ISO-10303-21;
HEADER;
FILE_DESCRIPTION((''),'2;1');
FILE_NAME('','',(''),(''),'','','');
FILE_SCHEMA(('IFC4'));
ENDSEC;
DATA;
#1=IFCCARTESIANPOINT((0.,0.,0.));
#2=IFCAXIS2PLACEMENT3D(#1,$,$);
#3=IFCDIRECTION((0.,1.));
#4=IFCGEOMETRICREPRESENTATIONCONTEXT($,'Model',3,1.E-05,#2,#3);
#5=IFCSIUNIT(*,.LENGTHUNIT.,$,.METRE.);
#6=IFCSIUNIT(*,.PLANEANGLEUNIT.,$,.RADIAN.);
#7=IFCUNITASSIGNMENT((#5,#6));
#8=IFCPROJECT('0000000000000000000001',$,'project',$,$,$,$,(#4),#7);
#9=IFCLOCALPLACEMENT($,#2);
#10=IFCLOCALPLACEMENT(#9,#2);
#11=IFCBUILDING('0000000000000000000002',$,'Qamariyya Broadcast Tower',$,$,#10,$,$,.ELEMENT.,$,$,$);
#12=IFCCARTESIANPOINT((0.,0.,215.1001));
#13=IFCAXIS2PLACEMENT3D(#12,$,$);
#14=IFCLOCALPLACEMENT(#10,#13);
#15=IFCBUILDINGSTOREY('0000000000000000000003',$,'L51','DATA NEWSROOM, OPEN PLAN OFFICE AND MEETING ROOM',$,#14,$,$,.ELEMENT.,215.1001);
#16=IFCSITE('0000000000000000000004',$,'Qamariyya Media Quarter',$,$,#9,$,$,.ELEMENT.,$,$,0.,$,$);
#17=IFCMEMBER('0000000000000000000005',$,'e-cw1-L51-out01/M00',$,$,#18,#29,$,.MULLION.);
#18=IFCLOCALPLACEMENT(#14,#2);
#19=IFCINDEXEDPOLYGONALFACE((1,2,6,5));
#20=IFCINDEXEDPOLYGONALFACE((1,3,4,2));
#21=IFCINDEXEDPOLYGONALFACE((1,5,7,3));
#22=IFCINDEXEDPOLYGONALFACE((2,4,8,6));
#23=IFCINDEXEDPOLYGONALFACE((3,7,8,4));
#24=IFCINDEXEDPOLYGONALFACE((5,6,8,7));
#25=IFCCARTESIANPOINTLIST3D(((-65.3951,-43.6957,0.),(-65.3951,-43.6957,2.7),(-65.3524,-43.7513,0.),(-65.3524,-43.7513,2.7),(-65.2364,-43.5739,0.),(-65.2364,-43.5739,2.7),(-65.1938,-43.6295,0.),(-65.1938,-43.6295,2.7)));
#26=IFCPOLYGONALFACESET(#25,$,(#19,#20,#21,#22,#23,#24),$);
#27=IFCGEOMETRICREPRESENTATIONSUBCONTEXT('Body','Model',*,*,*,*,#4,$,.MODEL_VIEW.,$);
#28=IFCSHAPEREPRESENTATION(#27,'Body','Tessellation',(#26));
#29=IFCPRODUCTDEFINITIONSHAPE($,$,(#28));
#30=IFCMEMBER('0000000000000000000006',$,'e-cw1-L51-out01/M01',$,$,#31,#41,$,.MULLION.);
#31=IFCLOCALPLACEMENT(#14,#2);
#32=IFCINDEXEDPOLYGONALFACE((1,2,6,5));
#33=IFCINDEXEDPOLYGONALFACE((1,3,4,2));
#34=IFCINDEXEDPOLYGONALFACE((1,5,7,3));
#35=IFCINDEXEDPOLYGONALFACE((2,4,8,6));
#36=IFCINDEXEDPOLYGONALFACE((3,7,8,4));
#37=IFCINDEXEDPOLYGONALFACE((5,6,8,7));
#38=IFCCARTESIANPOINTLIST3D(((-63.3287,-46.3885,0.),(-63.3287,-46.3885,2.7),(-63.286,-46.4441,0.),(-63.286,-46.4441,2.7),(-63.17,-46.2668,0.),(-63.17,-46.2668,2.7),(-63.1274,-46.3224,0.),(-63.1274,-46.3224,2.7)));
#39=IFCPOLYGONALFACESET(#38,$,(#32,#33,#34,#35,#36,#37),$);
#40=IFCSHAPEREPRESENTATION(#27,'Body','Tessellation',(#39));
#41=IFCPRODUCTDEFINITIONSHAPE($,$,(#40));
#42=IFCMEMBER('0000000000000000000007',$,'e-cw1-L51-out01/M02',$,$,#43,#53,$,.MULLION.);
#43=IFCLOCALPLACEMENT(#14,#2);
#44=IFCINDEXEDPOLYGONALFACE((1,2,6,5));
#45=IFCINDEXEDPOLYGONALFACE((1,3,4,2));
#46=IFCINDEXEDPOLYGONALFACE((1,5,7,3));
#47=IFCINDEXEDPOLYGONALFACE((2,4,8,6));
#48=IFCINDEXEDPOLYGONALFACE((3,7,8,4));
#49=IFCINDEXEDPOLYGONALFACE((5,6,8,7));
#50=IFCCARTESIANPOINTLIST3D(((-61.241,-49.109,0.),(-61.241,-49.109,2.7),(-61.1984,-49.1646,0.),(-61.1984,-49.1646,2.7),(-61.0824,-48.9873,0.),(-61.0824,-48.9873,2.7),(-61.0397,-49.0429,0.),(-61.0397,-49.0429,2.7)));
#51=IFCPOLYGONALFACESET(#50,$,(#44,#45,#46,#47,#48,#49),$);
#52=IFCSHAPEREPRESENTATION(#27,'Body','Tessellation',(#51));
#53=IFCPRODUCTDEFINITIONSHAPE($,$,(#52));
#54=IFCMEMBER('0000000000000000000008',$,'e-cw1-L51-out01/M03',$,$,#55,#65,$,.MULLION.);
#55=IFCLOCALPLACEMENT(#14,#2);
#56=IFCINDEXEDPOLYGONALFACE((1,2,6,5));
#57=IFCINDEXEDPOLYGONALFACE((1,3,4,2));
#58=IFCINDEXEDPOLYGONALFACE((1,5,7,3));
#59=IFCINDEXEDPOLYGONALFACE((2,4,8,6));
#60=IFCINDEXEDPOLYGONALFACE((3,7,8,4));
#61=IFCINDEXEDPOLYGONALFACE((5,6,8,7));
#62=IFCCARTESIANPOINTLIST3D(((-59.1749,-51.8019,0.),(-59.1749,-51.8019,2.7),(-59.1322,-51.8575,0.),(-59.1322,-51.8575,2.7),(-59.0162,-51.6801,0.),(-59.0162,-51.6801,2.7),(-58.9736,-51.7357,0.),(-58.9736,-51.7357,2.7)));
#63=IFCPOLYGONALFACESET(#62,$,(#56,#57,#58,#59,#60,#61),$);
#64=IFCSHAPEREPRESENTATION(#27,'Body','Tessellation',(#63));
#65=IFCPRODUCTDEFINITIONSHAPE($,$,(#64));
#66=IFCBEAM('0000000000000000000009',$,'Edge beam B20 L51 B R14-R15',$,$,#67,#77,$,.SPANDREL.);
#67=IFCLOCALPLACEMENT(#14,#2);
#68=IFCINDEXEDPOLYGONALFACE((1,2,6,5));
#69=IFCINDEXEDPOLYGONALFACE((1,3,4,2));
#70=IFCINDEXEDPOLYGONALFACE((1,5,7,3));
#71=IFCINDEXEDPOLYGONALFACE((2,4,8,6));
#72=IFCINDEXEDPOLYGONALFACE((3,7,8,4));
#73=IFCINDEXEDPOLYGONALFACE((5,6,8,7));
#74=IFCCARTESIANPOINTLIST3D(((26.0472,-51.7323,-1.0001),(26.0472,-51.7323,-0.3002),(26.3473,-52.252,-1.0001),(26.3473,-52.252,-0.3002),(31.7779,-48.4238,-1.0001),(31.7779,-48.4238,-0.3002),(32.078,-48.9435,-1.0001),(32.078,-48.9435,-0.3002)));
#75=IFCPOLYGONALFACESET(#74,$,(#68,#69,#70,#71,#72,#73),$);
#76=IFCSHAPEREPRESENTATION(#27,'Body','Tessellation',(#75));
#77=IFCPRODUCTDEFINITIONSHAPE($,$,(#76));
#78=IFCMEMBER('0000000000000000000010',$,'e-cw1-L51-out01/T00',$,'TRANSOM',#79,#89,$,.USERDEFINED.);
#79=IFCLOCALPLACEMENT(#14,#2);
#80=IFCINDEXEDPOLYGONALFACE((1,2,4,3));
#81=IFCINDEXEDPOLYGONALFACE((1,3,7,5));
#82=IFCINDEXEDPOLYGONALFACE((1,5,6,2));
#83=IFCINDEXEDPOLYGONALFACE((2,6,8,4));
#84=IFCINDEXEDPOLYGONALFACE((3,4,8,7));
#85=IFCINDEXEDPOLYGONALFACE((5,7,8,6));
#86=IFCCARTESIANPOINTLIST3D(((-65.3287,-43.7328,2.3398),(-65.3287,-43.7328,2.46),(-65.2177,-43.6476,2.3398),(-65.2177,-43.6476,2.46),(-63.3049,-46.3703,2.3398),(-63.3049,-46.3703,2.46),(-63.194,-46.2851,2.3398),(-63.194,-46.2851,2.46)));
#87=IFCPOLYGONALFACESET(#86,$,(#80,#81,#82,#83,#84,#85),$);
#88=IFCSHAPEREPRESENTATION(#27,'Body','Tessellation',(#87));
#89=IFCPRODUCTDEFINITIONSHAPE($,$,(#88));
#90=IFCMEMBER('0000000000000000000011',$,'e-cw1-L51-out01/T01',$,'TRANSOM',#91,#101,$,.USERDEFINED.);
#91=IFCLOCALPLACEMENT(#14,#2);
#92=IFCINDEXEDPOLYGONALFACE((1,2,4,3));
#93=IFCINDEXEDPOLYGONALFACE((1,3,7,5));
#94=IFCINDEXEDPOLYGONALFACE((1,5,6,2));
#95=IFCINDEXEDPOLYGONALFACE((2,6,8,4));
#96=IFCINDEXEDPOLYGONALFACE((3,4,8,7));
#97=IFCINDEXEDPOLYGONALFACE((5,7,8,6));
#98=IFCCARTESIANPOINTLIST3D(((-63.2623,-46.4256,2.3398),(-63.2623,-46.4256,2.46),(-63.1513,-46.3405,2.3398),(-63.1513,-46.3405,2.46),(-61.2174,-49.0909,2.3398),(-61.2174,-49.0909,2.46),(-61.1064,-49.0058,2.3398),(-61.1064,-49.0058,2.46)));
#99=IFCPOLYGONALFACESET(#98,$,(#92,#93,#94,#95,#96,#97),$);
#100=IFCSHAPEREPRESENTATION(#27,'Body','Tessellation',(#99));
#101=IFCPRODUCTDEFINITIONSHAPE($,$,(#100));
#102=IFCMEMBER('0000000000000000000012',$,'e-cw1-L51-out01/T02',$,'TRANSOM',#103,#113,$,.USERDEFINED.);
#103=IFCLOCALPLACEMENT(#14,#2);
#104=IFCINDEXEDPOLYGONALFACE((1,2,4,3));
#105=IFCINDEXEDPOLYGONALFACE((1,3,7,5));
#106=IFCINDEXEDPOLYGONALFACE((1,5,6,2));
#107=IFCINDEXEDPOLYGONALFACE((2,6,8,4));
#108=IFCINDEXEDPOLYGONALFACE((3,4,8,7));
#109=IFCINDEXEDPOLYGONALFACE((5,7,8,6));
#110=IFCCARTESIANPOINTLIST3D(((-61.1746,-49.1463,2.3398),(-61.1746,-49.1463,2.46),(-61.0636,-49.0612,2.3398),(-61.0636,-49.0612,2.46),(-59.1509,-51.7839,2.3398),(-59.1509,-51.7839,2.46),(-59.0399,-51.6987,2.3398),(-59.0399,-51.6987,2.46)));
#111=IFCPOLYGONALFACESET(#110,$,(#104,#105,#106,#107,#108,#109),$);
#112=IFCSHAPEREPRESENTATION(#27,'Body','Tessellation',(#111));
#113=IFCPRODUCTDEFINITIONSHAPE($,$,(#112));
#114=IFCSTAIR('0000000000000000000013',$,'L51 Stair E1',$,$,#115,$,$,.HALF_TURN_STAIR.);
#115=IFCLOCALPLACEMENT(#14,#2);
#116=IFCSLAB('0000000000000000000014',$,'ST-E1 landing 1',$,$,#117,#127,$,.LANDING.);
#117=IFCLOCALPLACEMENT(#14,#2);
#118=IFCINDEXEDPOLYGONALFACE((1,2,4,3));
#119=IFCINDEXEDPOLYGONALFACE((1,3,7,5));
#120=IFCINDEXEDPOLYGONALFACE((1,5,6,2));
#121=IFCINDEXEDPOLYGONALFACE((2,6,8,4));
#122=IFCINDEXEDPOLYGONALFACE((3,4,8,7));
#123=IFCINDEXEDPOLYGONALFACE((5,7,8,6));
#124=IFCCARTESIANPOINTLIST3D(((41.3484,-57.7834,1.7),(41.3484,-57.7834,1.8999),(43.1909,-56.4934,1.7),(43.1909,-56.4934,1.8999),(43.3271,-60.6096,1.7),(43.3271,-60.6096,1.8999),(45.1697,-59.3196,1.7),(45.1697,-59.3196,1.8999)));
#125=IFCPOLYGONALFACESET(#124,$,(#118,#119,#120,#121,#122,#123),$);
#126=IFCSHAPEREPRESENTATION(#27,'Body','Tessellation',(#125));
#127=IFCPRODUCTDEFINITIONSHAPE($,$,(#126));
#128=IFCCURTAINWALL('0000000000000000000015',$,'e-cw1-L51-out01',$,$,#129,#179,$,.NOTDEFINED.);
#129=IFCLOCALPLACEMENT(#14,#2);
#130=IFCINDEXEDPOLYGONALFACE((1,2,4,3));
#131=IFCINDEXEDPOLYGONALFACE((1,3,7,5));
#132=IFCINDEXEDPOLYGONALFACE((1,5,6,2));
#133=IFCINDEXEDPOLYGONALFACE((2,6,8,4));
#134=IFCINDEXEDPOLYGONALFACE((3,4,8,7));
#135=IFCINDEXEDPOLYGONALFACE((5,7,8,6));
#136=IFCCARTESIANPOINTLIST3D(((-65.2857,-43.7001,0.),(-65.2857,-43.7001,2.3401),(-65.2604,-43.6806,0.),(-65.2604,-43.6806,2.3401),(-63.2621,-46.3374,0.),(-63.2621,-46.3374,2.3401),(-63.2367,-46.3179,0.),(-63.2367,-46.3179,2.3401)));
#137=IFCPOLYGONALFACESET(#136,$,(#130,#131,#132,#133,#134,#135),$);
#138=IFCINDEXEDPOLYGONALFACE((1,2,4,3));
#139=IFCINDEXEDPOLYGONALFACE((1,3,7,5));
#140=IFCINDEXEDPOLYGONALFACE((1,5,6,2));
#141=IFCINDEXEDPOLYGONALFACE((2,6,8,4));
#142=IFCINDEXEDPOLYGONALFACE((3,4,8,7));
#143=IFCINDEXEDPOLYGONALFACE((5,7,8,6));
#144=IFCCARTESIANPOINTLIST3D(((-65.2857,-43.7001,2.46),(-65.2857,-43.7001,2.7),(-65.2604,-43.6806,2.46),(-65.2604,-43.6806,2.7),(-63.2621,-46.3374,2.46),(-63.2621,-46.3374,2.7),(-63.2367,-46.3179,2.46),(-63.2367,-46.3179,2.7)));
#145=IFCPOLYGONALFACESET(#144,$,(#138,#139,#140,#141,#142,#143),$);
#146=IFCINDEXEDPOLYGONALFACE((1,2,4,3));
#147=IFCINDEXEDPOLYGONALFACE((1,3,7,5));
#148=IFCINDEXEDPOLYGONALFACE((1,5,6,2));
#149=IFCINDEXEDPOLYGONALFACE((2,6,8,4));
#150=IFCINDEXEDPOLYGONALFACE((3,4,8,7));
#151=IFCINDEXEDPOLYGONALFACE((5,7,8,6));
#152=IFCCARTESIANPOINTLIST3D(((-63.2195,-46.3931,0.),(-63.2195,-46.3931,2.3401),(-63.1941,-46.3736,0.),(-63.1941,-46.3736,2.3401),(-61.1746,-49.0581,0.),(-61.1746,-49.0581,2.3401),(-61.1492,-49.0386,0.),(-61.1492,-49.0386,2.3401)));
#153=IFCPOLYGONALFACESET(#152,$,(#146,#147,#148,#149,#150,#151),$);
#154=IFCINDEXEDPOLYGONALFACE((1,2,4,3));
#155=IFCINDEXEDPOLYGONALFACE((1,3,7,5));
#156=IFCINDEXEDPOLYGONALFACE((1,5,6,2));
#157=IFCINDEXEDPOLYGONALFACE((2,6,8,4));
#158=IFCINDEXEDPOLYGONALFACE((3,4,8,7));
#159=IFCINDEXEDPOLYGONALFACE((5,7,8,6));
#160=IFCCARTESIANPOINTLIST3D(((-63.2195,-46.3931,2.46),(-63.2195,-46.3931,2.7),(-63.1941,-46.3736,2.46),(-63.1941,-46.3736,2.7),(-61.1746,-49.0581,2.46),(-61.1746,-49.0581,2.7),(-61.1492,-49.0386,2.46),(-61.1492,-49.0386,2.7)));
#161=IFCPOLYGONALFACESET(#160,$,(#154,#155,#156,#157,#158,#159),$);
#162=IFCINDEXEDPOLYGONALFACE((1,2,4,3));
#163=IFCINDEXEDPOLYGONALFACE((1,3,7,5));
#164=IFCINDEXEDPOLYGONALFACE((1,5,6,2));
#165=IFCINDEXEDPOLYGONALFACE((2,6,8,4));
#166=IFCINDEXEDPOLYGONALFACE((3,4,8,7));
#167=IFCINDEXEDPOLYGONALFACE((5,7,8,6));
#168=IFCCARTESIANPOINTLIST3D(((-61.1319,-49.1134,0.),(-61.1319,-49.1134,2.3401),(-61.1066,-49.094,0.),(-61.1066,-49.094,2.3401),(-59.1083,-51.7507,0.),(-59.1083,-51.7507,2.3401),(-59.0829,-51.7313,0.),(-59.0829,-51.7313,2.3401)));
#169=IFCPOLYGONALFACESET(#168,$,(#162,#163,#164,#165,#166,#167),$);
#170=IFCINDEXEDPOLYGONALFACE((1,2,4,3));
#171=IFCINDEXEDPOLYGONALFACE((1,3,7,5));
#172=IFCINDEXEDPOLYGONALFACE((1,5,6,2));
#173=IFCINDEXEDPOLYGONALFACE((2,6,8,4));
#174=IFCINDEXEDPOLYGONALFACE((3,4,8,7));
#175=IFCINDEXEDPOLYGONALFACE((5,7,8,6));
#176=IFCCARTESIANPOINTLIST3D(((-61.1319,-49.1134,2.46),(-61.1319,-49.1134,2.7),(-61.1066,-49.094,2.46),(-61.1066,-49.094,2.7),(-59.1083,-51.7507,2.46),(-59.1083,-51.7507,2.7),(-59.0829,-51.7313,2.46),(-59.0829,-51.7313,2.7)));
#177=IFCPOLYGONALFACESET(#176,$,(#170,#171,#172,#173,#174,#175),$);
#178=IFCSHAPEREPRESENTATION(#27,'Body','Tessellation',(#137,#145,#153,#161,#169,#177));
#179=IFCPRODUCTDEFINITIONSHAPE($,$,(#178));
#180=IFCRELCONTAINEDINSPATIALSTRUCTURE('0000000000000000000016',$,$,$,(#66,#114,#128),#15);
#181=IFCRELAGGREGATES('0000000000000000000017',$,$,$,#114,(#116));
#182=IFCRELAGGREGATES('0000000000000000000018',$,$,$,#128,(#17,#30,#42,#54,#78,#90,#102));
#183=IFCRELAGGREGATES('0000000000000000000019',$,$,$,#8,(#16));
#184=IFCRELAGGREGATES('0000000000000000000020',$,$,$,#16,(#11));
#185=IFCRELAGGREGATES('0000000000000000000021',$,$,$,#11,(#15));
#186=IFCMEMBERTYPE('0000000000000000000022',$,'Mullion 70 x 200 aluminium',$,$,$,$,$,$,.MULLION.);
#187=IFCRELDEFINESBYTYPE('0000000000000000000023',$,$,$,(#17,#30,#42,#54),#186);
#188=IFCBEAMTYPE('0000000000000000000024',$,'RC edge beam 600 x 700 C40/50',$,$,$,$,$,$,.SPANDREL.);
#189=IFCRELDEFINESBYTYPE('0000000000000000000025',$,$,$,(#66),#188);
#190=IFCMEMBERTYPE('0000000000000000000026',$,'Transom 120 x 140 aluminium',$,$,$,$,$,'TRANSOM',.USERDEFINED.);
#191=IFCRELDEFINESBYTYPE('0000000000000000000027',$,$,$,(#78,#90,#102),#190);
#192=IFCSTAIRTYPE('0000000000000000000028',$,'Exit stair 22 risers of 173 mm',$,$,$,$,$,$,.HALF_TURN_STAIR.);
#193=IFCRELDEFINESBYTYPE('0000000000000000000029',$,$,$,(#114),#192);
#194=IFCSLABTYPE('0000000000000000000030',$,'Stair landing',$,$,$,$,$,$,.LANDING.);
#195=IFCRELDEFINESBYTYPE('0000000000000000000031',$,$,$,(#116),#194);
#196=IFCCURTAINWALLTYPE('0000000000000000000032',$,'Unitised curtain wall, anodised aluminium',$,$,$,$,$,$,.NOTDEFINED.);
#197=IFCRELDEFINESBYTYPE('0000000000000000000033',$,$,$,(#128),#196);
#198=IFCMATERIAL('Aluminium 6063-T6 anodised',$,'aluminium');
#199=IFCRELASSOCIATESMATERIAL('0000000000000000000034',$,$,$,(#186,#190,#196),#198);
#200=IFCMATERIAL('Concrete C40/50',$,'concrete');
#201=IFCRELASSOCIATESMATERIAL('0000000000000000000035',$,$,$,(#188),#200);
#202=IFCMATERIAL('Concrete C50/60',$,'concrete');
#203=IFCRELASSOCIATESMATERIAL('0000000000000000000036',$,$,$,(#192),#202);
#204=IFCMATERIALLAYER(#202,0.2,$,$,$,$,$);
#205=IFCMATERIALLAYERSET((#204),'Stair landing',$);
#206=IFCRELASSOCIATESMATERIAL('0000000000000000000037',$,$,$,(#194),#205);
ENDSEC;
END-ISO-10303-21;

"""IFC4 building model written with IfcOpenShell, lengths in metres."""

from ifc_helpers import new_model, si_unit, direction, frame, origin, origin_2d, place, context, subcontext, project, spatial, polyline, rectangle, outline, extrude, material, layer, layer_set, material_profile, profile_set, type_object, element, aggregate, save


model = new_model("IFC4")

# Units and contexts
model_context = context("Model", 3, precision=1e-05, world=origin(), true_north=direction((0.0, 1.0)))
body_context = subcontext(model_context, "Body", "Model", "MODEL_VIEW")
ifc_project = project(units=[si_unit("LENGTHUNIT", "METRE"), si_unit("PLANEANGLEUNIT", "RADIAN")], contexts=[model_context])

# Members
ifc_material_1 = material(Name="Aluminium 6063-T6 anodised", Category="aluminium")
ifc_material_profile_1 = material_profile(ifc_material_1, rectangle(XDim=0.2, YDim=0.0701, at=origin_2d()))
ifc_profile_set_1 = profile_set([ifc_material_profile_1], Name="Aluminium 6063-T6 anodised")
member_type_1 = type_object("IfcMemberType", Name="Mullion 70 x 200 aluminium", PredefinedType="MULLION", material=ifc_profile_set_1)
site_placement = place(None, origin())
building_placement = place(site_placement, origin())
storey_placement = place(building_placement, frame((0.0, 0.0, 215.1001)))
member_1_placement = place(storey_placement, frame((-65.2944, -43.6626, 0.0), z_axis=(0.0, 0.0, 1.0), x_axis=(0.793353, 0.608761, 0.0)))
member_1 = element("IfcMember", 1, at=member_1_placement, type_object=member_type_1, Name="e-cw1-L51-out01/M00", PredefinedType="MULLION", context=body_context, shape_type="SweptSolid", body=[
    extrude(rectangle(XDim=0.2, YDim=0.0701, at=origin_2d()), origin(), (0.0, 0.0, 1.0), 2.7),
])
member_2_placement = place(storey_placement, frame((-63.228, -46.3555, 0.0), z_axis=(0.0, 0.0, 1.0), x_axis=(0.793353, 0.608761, 0.0)))
member_2 = element("IfcMember", 2, at=member_2_placement, type_object=member_type_1, Name="e-cw1-L51-out01/M01", PredefinedType="MULLION", context=body_context, shape_type="SweptSolid", body=[
    extrude(rectangle(XDim=0.2, YDim=0.0701, at=origin_2d()), origin(), (0.0, 0.0, 1.0), 2.7),
])
member_3_placement = place(storey_placement, frame((-61.1404, -49.0759, 0.0), z_axis=(0.0, 0.0, 1.0), x_axis=(0.793353, 0.608761, 0.0)))
member_3 = element("IfcMember", 3, at=member_3_placement, type_object=member_type_1, Name="e-cw1-L51-out01/M02", PredefinedType="MULLION", context=body_context, shape_type="SweptSolid", body=[
    extrude(rectangle(XDim=0.2, YDim=0.0701, at=origin_2d()), origin(), (0.0, 0.0, 1.0), 2.7),
])
member_4_placement = place(storey_placement, frame((-59.0742, -51.7688, 0.0), z_axis=(0.0, 0.0, 1.0), x_axis=(0.793353, 0.608761, 0.0)))
member_4 = element("IfcMember", 4, at=member_4_placement, type_object=member_type_1, Name="e-cw1-L51-out01/M03", PredefinedType="MULLION", context=body_context, shape_type="SweptSolid", body=[
    extrude(rectangle(XDim=0.2, YDim=0.0701, at=origin_2d()), origin(), (0.0, 0.0, 1.0), 2.7),
])

# Site, building, storey
site = spatial("IfcSite", under=ifc_project, at=site_placement, Name="Qamariyya Media Quarter", CompositionType="ELEMENT", RefElevation=0.0)
building = spatial("IfcBuilding", under=site, at=building_placement, Name="Qamariyya Broadcast Tower", CompositionType="ELEMENT")
storey = spatial("IfcBuildingStorey", under=building, at=storey_placement, Name="L51", Description="DATA NEWSROOM, OPEN PLAN OFFICE AND MEETING ROOM", CompositionType="ELEMENT", Elevation=215.1001)

# Beam
ifc_material_2 = material(Name="Concrete C40/50", Category="concrete")
ifc_material_profile_2 = material_profile(ifc_material_2, rectangle(XDim=0.6001, YDim=0.7, at=origin_2d()))
ifc_profile_set_2 = profile_set([ifc_material_profile_2], Name="Concrete C40/50")
beam_type = type_object("IfcBeamType", Name="RC edge beam 600 x 700 C40/50", PredefinedType="SPANDREL", material=ifc_profile_set_2)
beam_placement = place(storey_placement, frame((26.1973, -51.9922, -0.6501), z_axis=(0.866028, 0.499996, 0.0), x_axis=(-0.499996, 0.866028, 0.0)))
element("IfcBeam", 5, at=beam_placement, inside=storey, type_object=beam_type, Name="Edge beam B20 L51 B R14-R15", PredefinedType="SPANDREL", context=body_context, shape_type="SweptSolid", body=[
    extrude(rectangle(XDim=0.6001, YDim=0.7, at=origin_2d()), origin(), (0.0, 0.0, 1.0), 6.6172),
])

# Members
ifc_material_profile_3 = material_profile(ifc_material_1, rectangle(XDim=0.1399, YDim=0.1201, at=origin_2d()))
ifc_profile_set_3 = profile_set([ifc_material_profile_3], Name="Aluminium 6063-T6 anodised")
member_type_2 = type_object("IfcMemberType", Name="Transom 120 x 140 aluminium", ElementType="TRANSOM", PredefinedType="USERDEFINED", material=ifc_profile_set_3)
member_5_placement = place(storey_placement, frame((-65.2732, -43.6902, 2.3999), z_axis=(0.608741, -0.793369, 0.0), x_axis=(0.793369, 0.608741, 0.0)))
member_5 = element("IfcMember", 6, at=member_5_placement, type_object=member_type_2, Name="e-cw1-L51-out01/T00", ObjectType="TRANSOM", PredefinedType="USERDEFINED", context=body_context, shape_type="SweptSolid", body=[
    extrude(rectangle(XDim=0.1399, YDim=0.1201, at=origin_2d()), origin(), (0.0, 0.0, 1.0), 3.3245),
])
member_6_placement = place(storey_placement, frame((-63.2068, -46.3831, 2.3999), z_axis=(0.60872, -0.793385, 0.0), x_axis=(0.793385, 0.60872, 0.0)))
member_6 = element("IfcMember", 7, at=member_6_placement, type_object=member_type_2, Name="e-cw1-L51-out01/T01", ObjectType="TRANSOM", PredefinedType="USERDEFINED", context=body_context, shape_type="SweptSolid", body=[
    extrude(rectangle(XDim=0.1399, YDim=0.1201, at=origin_2d()), origin(), (0.0, 0.0, 1.0), 3.3594),
])
member_7_placement = place(storey_placement, frame((-61.1191, -49.1038, 2.3999), z_axis=(0.608741, -0.793369, 0.0), x_axis=(0.793369, 0.608741, 0.0)))
member_7 = element("IfcMember", 8, at=member_7_placement, type_object=member_type_2, Name="e-cw1-L51-out01/T02", ObjectType="TRANSOM", PredefinedType="USERDEFINED", context=body_context, shape_type="SweptSolid", body=[
    extrude(rectangle(XDim=0.1399, YDim=0.1201, at=origin_2d()), origin(), (0.0, 0.0, 1.0), 3.3245),
])

# Stair, slab
ifc_material_3 = material(Name="Concrete C50/60", Category="concrete")
stair_type = type_object("IfcStairType", Name="Exit stair 22 risers of 173 mm", PredefinedType="HALF_TURN_STAIR", material=ifc_material_3)
stair_placement = place(storey_placement, origin())
stair = element("IfcStair", 9, at=stair_placement, inside=storey, type_object=stair_type, Name="L51 Stair E1", PredefinedType="HALF_TURN_STAIR")
ifc_layer_1 = layer(ifc_material_3, 0.2)
ifc_layer_set_1 = layer_set([ifc_layer_1], Name="Stair landing")
slab_type = type_object("IfcSlabType", Name="Stair landing", PredefinedType="LANDING", material=ifc_layer_set_1)
slab_placement = place(storey_placement, frame((0.0, 0.0, 1.7)))
slab = element("IfcSlab", 10, at=slab_placement, type_object=slab_type, Name="ST-E1 landing 1", PredefinedType="LANDING", context=body_context, shape_type="SweptSolid", body=[
    extrude(outline(polyline([(43.1909, -56.4934), (41.3484, -57.7834), (43.3271, -60.6096), (45.1697, -59.3196), (43.1909, -56.4934)])), origin(), (0.0, 0.0, 1.0), 0.2),
])
aggregate(stair, [slab])

# Curtain wall
curtain_wall_type = type_object("IfcCurtainWallType", Name="Unitised curtain wall, anodised aluminium", PredefinedType="NOTDEFINED", material=ifc_material_1)
curtain_wall_1_placement = place(storey_placement, origin())
curtain_wall_1 = element("IfcCurtainWall", 11, at=curtain_wall_1_placement, inside=storey, type_object=curtain_wall_type, Name="e-cw1-L51-out01", PredefinedType="NOTDEFINED", context=body_context, shape_type="SweptSolid", body=[
    extrude(rectangle(XDim=3.3242, YDim=0.032, at=origin_2d()), frame((-64.2612, -45.009, 0.0), x_axis=(0.608754, -0.793359, 0.0)), (0.0, 0.0, 1.0), 2.3401),
    extrude(rectangle(XDim=3.3242, YDim=0.032, at=origin_2d()), frame((-64.2612, -45.009, 2.46), x_axis=(0.608754, -0.793359, 0.0)), (0.0, 0.0, 1.0), 0.24),
    extrude(rectangle(XDim=3.3591, YDim=0.032, at=origin_2d()), frame((-62.1843, -47.7158, 0.0), x_axis=(0.608754, -0.793359, 0.0)), (0.0, 0.0, 1.0), 2.3401),
    extrude(rectangle(XDim=3.3591, YDim=0.032, at=origin_2d()), frame((-62.1843, -47.7158, 2.46), x_axis=(0.608754, -0.793359, 0.0)), (0.0, 0.0, 1.0), 0.24),
    extrude(rectangle(XDim=3.3242, YDim=0.032, at=origin_2d()), frame((-60.1074, -50.4224, 0.0), x_axis=(0.608754, -0.793359, 0.0)), (0.0, 0.0, 1.0), 2.3401),
    extrude(rectangle(XDim=3.3242, YDim=0.032, at=origin_2d()), frame((-60.1074, -50.4224, 2.46), x_axis=(0.608754, -0.793359, 0.0)), (0.0, 0.0, 1.0), 0.24),
])
aggregate(curtain_wall_1, [member_1, member_2, member_3, member_4, member_5, member_6, member_7])

save(model, "model.ifc")
